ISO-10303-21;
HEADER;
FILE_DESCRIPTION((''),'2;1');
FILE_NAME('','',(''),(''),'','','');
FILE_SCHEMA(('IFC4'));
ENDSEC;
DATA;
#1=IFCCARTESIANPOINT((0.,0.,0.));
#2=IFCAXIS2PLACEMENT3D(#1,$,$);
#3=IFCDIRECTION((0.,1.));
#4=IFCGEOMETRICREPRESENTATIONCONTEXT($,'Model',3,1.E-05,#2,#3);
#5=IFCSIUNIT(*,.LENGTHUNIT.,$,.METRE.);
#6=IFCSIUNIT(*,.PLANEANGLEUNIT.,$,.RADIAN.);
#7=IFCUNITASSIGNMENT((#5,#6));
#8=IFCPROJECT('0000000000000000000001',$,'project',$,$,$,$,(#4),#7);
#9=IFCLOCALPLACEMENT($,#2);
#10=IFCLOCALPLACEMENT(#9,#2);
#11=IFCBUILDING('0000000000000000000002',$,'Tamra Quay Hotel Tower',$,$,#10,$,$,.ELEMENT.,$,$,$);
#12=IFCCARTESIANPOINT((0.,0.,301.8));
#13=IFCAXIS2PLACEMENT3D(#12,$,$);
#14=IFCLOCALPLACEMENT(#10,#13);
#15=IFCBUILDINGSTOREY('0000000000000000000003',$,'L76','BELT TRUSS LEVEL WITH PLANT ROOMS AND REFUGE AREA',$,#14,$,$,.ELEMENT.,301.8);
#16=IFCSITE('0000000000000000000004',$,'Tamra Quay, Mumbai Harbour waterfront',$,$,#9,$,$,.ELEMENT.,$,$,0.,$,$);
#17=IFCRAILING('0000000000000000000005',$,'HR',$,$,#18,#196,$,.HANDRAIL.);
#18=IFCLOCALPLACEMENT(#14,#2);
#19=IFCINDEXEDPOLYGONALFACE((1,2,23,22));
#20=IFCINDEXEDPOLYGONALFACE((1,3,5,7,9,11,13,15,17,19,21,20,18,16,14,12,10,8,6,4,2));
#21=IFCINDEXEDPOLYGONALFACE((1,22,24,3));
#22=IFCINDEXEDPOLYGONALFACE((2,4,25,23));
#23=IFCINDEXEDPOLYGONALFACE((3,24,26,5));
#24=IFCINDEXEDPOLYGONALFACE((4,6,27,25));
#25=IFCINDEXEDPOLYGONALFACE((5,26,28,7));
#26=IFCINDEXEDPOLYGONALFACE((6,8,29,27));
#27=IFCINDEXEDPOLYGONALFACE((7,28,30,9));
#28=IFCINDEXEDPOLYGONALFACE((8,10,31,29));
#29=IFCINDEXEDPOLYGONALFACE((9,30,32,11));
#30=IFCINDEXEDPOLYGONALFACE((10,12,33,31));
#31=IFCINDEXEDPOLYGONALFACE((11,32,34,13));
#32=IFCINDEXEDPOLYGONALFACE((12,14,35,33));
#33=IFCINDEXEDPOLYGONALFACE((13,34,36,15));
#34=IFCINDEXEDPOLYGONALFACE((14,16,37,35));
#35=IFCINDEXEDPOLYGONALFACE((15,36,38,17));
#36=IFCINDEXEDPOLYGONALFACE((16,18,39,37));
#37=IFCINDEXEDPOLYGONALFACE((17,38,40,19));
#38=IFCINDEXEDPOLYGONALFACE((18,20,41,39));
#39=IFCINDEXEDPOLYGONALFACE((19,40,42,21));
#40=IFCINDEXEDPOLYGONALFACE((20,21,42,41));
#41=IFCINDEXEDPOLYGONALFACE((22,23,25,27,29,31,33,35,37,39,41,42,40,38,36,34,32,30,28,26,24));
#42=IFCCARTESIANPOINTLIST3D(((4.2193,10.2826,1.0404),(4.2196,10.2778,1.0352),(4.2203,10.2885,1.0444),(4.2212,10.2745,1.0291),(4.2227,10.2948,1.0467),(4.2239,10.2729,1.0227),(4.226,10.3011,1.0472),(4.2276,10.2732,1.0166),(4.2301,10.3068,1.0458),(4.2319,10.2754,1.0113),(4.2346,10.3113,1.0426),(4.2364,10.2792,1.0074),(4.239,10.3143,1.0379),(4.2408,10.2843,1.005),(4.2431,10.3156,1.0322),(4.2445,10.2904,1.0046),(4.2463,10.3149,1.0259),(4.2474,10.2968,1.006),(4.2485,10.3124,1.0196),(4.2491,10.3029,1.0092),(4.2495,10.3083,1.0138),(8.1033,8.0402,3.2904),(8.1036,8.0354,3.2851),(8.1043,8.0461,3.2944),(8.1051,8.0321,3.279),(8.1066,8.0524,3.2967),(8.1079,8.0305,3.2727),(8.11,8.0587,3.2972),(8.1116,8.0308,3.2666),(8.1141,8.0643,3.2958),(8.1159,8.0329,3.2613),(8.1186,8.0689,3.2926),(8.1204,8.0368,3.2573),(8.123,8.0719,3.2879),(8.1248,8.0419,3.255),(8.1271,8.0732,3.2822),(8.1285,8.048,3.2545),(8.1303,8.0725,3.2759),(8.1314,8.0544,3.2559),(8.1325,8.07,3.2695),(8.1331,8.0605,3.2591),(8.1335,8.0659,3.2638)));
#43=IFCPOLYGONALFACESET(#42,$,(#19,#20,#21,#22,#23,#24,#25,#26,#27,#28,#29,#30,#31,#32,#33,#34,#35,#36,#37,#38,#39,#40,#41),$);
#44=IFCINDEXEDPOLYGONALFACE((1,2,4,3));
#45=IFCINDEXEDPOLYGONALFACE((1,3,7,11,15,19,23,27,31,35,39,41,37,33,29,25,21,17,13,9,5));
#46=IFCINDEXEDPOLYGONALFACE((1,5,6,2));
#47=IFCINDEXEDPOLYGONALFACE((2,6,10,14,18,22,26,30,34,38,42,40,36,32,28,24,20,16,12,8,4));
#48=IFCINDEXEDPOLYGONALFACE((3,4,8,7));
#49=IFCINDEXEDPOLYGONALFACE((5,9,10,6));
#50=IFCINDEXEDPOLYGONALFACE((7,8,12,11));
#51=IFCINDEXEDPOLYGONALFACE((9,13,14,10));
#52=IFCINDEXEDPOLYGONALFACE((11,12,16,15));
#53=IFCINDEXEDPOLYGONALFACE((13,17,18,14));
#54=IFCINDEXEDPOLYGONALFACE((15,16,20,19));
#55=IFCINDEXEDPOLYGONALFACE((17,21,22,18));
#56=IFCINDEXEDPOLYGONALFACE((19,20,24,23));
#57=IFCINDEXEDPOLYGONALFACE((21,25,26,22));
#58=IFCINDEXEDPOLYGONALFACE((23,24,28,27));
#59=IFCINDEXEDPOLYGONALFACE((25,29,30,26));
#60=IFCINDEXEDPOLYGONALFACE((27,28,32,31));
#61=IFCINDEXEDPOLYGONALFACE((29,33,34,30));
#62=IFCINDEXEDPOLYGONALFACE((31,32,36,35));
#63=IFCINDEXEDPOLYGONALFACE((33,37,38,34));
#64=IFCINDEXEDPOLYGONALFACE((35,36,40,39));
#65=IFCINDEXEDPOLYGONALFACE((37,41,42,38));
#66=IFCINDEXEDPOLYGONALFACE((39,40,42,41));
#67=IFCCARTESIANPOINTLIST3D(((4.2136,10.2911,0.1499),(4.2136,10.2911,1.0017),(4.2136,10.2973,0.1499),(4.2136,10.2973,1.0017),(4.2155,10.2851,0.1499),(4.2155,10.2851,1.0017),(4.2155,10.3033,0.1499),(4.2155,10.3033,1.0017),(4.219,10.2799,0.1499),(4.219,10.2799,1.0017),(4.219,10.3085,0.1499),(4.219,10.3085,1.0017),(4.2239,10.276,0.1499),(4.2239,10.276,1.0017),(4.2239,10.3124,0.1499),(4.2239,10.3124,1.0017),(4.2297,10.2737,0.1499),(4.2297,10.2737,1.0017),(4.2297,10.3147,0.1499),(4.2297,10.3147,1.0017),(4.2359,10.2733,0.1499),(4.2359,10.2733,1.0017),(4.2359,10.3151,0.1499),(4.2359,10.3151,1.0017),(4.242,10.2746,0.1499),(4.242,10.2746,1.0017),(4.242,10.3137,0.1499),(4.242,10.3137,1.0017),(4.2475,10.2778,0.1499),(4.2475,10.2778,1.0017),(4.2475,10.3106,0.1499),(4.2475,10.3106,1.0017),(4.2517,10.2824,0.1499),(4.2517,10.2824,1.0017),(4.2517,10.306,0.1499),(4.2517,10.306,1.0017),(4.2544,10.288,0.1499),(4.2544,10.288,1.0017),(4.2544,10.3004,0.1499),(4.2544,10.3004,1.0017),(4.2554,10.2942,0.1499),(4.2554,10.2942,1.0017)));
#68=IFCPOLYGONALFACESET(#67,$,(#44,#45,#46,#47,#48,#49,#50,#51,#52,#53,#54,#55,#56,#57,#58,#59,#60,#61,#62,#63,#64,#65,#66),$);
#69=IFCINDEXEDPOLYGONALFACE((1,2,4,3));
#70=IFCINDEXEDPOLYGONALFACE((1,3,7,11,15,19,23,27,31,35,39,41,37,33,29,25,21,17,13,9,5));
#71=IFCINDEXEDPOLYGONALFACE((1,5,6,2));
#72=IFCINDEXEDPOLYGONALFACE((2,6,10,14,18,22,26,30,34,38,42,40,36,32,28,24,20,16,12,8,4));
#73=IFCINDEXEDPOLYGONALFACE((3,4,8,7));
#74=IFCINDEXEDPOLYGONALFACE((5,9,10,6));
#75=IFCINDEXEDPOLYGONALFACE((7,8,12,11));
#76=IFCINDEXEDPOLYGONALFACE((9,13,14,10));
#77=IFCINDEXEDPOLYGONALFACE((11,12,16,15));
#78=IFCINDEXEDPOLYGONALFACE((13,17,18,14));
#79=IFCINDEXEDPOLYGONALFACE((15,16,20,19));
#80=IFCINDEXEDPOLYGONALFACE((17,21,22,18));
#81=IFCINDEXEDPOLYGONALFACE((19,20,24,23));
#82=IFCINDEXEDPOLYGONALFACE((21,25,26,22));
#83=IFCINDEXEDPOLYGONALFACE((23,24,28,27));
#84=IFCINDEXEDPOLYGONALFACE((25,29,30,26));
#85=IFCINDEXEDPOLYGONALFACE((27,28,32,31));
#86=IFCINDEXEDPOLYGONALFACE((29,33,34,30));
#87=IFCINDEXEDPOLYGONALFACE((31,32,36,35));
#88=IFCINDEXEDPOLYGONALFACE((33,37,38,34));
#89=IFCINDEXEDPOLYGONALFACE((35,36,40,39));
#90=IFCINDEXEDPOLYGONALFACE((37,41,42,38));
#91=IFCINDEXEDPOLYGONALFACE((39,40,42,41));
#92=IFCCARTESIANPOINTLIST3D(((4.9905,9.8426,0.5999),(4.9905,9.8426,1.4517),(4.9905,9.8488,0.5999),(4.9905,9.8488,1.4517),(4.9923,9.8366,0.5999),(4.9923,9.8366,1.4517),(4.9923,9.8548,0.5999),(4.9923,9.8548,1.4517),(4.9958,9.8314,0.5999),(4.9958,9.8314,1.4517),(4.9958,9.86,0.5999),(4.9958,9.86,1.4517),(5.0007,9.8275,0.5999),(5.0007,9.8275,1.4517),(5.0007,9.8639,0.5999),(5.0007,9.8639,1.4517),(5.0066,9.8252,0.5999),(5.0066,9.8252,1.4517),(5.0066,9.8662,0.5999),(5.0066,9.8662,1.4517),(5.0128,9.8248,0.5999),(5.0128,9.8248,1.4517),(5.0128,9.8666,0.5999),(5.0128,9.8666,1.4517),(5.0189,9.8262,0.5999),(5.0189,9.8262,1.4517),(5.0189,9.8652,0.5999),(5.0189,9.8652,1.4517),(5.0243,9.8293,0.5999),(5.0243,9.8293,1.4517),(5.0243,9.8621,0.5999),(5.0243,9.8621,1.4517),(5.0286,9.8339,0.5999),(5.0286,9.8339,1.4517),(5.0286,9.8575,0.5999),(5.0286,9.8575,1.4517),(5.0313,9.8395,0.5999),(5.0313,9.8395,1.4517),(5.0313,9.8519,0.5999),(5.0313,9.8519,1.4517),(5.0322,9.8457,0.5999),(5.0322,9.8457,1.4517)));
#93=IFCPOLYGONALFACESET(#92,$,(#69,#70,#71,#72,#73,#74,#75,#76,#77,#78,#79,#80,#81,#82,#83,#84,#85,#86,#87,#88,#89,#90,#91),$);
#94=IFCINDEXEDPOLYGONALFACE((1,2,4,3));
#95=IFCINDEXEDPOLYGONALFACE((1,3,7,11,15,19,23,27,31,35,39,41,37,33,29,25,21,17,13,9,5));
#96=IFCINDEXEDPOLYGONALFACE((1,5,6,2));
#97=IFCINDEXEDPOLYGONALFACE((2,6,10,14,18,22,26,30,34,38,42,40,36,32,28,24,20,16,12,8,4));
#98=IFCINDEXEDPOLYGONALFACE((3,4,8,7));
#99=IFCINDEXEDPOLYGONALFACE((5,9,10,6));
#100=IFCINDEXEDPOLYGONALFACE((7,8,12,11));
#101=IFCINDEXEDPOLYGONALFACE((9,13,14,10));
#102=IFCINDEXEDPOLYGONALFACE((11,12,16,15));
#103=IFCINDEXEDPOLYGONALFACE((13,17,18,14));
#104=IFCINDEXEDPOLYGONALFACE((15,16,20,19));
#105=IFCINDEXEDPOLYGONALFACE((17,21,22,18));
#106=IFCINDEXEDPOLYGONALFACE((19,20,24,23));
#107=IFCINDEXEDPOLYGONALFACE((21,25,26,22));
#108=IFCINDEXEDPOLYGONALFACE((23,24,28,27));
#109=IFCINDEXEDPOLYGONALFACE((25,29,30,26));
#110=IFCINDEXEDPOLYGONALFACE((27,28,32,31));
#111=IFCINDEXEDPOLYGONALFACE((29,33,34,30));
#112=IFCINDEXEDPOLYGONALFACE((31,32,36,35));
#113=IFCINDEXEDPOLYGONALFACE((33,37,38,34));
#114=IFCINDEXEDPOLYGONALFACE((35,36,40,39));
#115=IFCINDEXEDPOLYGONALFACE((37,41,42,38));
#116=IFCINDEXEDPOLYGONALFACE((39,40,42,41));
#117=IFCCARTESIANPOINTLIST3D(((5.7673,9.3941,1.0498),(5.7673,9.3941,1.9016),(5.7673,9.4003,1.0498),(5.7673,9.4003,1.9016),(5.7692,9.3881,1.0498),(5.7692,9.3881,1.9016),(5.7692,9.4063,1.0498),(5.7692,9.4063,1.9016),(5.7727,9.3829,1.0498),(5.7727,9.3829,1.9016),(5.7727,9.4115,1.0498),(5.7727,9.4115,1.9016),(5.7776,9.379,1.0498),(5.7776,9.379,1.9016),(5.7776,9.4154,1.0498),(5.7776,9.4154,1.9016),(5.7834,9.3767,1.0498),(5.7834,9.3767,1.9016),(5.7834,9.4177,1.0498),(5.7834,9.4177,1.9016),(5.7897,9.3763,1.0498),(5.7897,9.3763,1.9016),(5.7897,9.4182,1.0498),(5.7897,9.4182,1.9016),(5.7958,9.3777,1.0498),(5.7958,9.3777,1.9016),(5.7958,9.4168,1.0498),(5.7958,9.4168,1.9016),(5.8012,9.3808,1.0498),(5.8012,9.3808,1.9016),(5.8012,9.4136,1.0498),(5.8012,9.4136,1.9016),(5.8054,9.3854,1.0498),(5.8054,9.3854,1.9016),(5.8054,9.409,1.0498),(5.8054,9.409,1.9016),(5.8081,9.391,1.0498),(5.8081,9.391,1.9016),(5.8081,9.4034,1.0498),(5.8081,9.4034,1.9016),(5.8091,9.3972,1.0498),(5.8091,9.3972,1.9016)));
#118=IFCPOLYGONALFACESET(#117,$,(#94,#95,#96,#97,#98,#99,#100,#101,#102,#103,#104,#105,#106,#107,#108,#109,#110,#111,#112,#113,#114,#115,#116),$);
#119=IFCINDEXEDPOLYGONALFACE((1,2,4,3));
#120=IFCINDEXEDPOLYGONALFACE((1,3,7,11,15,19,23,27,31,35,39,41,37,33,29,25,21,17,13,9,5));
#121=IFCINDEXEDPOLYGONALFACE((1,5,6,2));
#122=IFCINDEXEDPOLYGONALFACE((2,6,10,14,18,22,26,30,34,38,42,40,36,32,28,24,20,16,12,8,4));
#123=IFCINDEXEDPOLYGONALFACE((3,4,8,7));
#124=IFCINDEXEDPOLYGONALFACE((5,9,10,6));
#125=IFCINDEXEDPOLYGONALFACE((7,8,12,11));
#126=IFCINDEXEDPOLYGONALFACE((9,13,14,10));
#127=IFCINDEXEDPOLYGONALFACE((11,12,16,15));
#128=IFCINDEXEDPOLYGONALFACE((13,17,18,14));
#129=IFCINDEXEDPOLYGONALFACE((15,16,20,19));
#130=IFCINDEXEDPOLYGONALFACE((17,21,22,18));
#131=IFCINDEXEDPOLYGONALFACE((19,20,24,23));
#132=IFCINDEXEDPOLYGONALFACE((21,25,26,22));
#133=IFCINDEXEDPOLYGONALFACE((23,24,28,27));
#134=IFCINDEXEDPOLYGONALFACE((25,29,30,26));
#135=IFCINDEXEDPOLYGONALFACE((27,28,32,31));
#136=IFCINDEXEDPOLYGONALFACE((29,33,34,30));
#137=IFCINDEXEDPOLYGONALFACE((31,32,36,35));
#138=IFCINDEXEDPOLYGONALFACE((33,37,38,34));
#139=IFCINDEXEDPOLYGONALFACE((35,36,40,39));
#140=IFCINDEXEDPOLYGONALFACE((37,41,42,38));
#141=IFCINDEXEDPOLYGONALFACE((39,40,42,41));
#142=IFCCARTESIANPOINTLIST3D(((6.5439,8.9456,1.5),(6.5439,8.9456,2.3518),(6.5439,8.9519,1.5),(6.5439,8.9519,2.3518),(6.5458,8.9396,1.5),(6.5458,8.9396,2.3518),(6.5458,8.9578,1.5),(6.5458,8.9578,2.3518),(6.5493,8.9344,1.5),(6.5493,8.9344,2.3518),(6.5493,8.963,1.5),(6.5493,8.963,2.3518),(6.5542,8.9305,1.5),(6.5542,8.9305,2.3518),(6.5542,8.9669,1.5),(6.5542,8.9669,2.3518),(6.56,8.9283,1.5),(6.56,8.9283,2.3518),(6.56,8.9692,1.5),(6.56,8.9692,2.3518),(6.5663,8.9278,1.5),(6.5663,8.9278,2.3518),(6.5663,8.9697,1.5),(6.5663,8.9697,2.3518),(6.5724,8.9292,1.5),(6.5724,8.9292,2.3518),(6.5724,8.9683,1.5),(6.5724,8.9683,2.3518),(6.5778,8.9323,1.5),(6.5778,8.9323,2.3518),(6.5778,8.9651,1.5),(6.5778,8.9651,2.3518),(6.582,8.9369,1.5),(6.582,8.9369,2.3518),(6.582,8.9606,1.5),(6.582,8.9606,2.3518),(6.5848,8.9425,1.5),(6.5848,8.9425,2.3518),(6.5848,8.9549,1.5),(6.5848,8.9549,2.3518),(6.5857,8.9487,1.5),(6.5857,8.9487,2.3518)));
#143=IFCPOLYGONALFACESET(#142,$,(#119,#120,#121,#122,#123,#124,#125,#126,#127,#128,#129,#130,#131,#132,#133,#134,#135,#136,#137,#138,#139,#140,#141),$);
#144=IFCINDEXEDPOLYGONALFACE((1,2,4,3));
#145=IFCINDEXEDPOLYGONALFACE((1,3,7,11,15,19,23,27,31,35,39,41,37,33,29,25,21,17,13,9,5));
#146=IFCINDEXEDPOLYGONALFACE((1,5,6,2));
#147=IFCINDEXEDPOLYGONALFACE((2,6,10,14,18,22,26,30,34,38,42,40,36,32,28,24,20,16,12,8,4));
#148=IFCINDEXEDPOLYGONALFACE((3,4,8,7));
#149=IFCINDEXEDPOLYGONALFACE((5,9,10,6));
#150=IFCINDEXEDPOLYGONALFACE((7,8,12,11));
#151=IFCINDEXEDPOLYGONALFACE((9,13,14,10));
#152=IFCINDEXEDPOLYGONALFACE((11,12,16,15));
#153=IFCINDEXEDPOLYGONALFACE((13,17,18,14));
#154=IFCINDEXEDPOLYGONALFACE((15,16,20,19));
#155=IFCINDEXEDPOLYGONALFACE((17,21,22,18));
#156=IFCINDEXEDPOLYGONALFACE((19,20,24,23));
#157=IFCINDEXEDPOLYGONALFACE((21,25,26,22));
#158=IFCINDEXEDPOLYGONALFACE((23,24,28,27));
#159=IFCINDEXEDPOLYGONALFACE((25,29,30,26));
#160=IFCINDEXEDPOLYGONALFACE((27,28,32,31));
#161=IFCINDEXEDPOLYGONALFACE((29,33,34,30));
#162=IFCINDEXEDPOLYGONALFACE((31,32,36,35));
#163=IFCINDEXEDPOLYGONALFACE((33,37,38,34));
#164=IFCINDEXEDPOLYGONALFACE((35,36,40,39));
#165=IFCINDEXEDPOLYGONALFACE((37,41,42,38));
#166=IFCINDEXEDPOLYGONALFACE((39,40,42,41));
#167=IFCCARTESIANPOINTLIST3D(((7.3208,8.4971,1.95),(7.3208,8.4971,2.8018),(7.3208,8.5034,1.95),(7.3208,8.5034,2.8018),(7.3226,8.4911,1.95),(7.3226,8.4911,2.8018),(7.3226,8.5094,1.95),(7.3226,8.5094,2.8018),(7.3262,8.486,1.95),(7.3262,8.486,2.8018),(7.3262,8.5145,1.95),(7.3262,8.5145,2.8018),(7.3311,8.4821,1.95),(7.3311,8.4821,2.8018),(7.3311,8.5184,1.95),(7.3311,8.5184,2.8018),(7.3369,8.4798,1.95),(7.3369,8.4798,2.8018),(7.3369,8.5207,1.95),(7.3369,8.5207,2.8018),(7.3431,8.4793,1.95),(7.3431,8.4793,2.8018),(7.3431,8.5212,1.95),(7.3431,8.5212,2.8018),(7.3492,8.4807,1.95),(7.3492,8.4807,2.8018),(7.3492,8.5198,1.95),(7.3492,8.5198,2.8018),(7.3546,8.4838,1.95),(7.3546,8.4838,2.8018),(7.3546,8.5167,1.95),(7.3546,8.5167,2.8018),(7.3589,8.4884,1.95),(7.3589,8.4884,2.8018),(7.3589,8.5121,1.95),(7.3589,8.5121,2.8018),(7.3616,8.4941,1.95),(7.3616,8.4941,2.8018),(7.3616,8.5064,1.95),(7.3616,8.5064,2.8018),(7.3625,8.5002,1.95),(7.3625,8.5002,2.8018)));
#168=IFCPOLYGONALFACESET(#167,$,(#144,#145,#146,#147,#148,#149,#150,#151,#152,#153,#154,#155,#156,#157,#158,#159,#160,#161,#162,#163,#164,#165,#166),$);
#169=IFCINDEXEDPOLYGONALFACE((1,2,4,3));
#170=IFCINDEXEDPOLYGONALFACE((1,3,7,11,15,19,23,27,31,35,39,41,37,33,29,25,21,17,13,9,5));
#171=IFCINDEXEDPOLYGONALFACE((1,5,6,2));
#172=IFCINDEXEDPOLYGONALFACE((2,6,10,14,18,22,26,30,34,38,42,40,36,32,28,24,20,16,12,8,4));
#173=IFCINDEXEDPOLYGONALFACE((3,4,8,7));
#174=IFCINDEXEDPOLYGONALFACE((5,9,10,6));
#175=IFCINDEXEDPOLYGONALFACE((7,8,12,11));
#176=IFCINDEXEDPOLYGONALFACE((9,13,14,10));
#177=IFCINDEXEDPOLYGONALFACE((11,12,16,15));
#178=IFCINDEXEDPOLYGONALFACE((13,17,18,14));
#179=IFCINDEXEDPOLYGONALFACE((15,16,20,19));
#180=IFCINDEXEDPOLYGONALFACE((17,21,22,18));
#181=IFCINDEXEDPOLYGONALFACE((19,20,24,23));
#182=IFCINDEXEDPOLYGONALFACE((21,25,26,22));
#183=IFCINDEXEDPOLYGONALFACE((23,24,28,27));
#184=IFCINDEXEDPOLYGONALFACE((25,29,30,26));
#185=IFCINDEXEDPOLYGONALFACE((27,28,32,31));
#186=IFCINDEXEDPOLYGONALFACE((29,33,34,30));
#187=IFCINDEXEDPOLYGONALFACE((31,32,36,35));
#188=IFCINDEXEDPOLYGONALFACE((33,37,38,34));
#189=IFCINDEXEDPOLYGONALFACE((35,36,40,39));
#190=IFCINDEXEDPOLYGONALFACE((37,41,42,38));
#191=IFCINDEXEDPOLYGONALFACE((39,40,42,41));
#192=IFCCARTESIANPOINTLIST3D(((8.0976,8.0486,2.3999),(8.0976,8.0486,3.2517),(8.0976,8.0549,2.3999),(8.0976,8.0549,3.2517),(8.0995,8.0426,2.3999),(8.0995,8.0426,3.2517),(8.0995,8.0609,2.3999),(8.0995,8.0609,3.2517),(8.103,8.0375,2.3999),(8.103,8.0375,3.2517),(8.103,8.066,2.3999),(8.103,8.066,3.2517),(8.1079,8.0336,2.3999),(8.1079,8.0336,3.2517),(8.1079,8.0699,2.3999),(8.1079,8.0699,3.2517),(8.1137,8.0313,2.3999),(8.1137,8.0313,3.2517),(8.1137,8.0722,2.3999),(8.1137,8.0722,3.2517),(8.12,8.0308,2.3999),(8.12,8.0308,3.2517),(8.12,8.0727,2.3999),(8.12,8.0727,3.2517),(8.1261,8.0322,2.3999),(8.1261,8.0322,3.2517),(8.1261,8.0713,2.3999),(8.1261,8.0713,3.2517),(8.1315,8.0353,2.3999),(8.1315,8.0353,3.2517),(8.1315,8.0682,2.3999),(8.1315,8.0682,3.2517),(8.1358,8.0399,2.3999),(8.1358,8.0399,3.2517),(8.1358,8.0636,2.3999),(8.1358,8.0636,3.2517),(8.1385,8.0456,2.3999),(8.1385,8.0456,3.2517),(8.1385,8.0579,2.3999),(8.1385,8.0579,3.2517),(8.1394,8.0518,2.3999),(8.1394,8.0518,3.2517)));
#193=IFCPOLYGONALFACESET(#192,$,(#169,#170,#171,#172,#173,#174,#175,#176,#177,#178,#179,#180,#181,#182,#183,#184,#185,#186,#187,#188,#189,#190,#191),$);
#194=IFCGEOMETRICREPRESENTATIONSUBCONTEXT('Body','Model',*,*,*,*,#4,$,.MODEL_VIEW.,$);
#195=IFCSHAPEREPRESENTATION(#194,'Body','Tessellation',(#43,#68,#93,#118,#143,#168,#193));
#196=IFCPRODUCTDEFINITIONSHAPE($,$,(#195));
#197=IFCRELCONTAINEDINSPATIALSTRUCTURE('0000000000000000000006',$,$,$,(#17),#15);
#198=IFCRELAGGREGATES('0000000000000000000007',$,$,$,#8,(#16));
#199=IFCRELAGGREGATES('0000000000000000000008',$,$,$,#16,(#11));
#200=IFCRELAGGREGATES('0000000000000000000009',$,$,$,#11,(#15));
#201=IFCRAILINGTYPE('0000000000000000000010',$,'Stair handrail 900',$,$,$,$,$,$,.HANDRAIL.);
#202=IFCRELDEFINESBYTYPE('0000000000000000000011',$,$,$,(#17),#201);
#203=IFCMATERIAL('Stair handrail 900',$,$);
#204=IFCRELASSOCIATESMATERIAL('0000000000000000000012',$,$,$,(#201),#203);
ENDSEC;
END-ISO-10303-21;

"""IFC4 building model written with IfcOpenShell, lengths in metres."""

from ifc_helpers import new_model, si_unit, direction, frame, origin, origin_2d, place, context, subcontext, project, spatial, circle, extrude, material, type_object, element, save


model = new_model("IFC4")

# Units and contexts
model_context = context("Model", 3, precision=1e-05, world=origin(), true_north=direction((0.0, 1.0)))
body_context = subcontext(model_context, "Body", "Model", "MODEL_VIEW")
ifc_project = project(units=[si_unit("LENGTHUNIT", "METRE"), si_unit("PLANEANGLEUNIT", "RADIAN")], contexts=[model_context])

# Site, building, storey
site_placement = place(None, origin())
site = spatial("IfcSite", under=ifc_project, at=site_placement, Name="Tamra Quay, Mumbai Harbour waterfront", CompositionType="ELEMENT", RefElevation=0.0)
building_placement = place(site_placement, origin())
building = spatial("IfcBuilding", under=site, at=building_placement, Name="Tamra Quay Hotel Tower", CompositionType="ELEMENT")
storey_placement = place(building_placement, frame((0.0, 0.0, 301.8)))
storey = spatial("IfcBuildingStorey", under=building, at=storey_placement, Name="L76", Description="BELT TRUSS LEVEL WITH PLANT ROOMS AND REFUGE AREA", CompositionType="ELEMENT", Elevation=301.8)

# Railing
ifc_material_1 = material(Name="Stair handrail 900")
railing_type = type_object("IfcRailingType", Name="Stair handrail 900", PredefinedType="HANDRAIL", material=ifc_material_1)
railing_1_placement = place(storey_placement, frame((4.2344, 10.2942, 0.1499)))
element("IfcRailing", 1, at=railing_1_placement, inside=storey, type_object=railing_type, Name="HR", PredefinedType="HANDRAIL", context=body_context, shape_type="SweptSolid", body=[
    extrude(circle(Radius=0.0239, at=origin_2d()), frame((0.0, 0.0, 0.876), z_axis=(0.774076, -0.44691, 0.448418), x_axis=(0.499997, 0.866027, 0.0)), (0.0, 0.0, 1.0), 5.0176),
    extrude(circle(Radius=0.021, at=origin_2d()), origin(), (0.0, 0.0, 1.0), 0.8518),
    extrude(circle(Radius=0.021, at=origin_2d()), frame((0.7769, -0.4485, 0.45)), (0.0, 0.0, 1.0), 0.8518),
    extrude(circle(Radius=0.021, at=origin_2d()), frame((1.5537, -0.897, 0.8999)), (0.0, 0.0, 1.0), 0.8518),
    extrude(circle(Radius=0.021, at=origin_2d()), frame((2.3303, -1.3455, 1.3501)), (0.0, 0.0, 1.0), 0.8518),
    extrude(circle(Radius=0.021, at=origin_2d()), frame((3.1072, -1.7939, 1.8)), (0.0, 0.0, 1.0), 0.8518),
    extrude(circle(Radius=0.021, at=origin_2d()), frame((3.884, -2.2424, 2.25)), (0.0, 0.0, 1.0), 0.8518),
])

save(model, "model.ifc")
